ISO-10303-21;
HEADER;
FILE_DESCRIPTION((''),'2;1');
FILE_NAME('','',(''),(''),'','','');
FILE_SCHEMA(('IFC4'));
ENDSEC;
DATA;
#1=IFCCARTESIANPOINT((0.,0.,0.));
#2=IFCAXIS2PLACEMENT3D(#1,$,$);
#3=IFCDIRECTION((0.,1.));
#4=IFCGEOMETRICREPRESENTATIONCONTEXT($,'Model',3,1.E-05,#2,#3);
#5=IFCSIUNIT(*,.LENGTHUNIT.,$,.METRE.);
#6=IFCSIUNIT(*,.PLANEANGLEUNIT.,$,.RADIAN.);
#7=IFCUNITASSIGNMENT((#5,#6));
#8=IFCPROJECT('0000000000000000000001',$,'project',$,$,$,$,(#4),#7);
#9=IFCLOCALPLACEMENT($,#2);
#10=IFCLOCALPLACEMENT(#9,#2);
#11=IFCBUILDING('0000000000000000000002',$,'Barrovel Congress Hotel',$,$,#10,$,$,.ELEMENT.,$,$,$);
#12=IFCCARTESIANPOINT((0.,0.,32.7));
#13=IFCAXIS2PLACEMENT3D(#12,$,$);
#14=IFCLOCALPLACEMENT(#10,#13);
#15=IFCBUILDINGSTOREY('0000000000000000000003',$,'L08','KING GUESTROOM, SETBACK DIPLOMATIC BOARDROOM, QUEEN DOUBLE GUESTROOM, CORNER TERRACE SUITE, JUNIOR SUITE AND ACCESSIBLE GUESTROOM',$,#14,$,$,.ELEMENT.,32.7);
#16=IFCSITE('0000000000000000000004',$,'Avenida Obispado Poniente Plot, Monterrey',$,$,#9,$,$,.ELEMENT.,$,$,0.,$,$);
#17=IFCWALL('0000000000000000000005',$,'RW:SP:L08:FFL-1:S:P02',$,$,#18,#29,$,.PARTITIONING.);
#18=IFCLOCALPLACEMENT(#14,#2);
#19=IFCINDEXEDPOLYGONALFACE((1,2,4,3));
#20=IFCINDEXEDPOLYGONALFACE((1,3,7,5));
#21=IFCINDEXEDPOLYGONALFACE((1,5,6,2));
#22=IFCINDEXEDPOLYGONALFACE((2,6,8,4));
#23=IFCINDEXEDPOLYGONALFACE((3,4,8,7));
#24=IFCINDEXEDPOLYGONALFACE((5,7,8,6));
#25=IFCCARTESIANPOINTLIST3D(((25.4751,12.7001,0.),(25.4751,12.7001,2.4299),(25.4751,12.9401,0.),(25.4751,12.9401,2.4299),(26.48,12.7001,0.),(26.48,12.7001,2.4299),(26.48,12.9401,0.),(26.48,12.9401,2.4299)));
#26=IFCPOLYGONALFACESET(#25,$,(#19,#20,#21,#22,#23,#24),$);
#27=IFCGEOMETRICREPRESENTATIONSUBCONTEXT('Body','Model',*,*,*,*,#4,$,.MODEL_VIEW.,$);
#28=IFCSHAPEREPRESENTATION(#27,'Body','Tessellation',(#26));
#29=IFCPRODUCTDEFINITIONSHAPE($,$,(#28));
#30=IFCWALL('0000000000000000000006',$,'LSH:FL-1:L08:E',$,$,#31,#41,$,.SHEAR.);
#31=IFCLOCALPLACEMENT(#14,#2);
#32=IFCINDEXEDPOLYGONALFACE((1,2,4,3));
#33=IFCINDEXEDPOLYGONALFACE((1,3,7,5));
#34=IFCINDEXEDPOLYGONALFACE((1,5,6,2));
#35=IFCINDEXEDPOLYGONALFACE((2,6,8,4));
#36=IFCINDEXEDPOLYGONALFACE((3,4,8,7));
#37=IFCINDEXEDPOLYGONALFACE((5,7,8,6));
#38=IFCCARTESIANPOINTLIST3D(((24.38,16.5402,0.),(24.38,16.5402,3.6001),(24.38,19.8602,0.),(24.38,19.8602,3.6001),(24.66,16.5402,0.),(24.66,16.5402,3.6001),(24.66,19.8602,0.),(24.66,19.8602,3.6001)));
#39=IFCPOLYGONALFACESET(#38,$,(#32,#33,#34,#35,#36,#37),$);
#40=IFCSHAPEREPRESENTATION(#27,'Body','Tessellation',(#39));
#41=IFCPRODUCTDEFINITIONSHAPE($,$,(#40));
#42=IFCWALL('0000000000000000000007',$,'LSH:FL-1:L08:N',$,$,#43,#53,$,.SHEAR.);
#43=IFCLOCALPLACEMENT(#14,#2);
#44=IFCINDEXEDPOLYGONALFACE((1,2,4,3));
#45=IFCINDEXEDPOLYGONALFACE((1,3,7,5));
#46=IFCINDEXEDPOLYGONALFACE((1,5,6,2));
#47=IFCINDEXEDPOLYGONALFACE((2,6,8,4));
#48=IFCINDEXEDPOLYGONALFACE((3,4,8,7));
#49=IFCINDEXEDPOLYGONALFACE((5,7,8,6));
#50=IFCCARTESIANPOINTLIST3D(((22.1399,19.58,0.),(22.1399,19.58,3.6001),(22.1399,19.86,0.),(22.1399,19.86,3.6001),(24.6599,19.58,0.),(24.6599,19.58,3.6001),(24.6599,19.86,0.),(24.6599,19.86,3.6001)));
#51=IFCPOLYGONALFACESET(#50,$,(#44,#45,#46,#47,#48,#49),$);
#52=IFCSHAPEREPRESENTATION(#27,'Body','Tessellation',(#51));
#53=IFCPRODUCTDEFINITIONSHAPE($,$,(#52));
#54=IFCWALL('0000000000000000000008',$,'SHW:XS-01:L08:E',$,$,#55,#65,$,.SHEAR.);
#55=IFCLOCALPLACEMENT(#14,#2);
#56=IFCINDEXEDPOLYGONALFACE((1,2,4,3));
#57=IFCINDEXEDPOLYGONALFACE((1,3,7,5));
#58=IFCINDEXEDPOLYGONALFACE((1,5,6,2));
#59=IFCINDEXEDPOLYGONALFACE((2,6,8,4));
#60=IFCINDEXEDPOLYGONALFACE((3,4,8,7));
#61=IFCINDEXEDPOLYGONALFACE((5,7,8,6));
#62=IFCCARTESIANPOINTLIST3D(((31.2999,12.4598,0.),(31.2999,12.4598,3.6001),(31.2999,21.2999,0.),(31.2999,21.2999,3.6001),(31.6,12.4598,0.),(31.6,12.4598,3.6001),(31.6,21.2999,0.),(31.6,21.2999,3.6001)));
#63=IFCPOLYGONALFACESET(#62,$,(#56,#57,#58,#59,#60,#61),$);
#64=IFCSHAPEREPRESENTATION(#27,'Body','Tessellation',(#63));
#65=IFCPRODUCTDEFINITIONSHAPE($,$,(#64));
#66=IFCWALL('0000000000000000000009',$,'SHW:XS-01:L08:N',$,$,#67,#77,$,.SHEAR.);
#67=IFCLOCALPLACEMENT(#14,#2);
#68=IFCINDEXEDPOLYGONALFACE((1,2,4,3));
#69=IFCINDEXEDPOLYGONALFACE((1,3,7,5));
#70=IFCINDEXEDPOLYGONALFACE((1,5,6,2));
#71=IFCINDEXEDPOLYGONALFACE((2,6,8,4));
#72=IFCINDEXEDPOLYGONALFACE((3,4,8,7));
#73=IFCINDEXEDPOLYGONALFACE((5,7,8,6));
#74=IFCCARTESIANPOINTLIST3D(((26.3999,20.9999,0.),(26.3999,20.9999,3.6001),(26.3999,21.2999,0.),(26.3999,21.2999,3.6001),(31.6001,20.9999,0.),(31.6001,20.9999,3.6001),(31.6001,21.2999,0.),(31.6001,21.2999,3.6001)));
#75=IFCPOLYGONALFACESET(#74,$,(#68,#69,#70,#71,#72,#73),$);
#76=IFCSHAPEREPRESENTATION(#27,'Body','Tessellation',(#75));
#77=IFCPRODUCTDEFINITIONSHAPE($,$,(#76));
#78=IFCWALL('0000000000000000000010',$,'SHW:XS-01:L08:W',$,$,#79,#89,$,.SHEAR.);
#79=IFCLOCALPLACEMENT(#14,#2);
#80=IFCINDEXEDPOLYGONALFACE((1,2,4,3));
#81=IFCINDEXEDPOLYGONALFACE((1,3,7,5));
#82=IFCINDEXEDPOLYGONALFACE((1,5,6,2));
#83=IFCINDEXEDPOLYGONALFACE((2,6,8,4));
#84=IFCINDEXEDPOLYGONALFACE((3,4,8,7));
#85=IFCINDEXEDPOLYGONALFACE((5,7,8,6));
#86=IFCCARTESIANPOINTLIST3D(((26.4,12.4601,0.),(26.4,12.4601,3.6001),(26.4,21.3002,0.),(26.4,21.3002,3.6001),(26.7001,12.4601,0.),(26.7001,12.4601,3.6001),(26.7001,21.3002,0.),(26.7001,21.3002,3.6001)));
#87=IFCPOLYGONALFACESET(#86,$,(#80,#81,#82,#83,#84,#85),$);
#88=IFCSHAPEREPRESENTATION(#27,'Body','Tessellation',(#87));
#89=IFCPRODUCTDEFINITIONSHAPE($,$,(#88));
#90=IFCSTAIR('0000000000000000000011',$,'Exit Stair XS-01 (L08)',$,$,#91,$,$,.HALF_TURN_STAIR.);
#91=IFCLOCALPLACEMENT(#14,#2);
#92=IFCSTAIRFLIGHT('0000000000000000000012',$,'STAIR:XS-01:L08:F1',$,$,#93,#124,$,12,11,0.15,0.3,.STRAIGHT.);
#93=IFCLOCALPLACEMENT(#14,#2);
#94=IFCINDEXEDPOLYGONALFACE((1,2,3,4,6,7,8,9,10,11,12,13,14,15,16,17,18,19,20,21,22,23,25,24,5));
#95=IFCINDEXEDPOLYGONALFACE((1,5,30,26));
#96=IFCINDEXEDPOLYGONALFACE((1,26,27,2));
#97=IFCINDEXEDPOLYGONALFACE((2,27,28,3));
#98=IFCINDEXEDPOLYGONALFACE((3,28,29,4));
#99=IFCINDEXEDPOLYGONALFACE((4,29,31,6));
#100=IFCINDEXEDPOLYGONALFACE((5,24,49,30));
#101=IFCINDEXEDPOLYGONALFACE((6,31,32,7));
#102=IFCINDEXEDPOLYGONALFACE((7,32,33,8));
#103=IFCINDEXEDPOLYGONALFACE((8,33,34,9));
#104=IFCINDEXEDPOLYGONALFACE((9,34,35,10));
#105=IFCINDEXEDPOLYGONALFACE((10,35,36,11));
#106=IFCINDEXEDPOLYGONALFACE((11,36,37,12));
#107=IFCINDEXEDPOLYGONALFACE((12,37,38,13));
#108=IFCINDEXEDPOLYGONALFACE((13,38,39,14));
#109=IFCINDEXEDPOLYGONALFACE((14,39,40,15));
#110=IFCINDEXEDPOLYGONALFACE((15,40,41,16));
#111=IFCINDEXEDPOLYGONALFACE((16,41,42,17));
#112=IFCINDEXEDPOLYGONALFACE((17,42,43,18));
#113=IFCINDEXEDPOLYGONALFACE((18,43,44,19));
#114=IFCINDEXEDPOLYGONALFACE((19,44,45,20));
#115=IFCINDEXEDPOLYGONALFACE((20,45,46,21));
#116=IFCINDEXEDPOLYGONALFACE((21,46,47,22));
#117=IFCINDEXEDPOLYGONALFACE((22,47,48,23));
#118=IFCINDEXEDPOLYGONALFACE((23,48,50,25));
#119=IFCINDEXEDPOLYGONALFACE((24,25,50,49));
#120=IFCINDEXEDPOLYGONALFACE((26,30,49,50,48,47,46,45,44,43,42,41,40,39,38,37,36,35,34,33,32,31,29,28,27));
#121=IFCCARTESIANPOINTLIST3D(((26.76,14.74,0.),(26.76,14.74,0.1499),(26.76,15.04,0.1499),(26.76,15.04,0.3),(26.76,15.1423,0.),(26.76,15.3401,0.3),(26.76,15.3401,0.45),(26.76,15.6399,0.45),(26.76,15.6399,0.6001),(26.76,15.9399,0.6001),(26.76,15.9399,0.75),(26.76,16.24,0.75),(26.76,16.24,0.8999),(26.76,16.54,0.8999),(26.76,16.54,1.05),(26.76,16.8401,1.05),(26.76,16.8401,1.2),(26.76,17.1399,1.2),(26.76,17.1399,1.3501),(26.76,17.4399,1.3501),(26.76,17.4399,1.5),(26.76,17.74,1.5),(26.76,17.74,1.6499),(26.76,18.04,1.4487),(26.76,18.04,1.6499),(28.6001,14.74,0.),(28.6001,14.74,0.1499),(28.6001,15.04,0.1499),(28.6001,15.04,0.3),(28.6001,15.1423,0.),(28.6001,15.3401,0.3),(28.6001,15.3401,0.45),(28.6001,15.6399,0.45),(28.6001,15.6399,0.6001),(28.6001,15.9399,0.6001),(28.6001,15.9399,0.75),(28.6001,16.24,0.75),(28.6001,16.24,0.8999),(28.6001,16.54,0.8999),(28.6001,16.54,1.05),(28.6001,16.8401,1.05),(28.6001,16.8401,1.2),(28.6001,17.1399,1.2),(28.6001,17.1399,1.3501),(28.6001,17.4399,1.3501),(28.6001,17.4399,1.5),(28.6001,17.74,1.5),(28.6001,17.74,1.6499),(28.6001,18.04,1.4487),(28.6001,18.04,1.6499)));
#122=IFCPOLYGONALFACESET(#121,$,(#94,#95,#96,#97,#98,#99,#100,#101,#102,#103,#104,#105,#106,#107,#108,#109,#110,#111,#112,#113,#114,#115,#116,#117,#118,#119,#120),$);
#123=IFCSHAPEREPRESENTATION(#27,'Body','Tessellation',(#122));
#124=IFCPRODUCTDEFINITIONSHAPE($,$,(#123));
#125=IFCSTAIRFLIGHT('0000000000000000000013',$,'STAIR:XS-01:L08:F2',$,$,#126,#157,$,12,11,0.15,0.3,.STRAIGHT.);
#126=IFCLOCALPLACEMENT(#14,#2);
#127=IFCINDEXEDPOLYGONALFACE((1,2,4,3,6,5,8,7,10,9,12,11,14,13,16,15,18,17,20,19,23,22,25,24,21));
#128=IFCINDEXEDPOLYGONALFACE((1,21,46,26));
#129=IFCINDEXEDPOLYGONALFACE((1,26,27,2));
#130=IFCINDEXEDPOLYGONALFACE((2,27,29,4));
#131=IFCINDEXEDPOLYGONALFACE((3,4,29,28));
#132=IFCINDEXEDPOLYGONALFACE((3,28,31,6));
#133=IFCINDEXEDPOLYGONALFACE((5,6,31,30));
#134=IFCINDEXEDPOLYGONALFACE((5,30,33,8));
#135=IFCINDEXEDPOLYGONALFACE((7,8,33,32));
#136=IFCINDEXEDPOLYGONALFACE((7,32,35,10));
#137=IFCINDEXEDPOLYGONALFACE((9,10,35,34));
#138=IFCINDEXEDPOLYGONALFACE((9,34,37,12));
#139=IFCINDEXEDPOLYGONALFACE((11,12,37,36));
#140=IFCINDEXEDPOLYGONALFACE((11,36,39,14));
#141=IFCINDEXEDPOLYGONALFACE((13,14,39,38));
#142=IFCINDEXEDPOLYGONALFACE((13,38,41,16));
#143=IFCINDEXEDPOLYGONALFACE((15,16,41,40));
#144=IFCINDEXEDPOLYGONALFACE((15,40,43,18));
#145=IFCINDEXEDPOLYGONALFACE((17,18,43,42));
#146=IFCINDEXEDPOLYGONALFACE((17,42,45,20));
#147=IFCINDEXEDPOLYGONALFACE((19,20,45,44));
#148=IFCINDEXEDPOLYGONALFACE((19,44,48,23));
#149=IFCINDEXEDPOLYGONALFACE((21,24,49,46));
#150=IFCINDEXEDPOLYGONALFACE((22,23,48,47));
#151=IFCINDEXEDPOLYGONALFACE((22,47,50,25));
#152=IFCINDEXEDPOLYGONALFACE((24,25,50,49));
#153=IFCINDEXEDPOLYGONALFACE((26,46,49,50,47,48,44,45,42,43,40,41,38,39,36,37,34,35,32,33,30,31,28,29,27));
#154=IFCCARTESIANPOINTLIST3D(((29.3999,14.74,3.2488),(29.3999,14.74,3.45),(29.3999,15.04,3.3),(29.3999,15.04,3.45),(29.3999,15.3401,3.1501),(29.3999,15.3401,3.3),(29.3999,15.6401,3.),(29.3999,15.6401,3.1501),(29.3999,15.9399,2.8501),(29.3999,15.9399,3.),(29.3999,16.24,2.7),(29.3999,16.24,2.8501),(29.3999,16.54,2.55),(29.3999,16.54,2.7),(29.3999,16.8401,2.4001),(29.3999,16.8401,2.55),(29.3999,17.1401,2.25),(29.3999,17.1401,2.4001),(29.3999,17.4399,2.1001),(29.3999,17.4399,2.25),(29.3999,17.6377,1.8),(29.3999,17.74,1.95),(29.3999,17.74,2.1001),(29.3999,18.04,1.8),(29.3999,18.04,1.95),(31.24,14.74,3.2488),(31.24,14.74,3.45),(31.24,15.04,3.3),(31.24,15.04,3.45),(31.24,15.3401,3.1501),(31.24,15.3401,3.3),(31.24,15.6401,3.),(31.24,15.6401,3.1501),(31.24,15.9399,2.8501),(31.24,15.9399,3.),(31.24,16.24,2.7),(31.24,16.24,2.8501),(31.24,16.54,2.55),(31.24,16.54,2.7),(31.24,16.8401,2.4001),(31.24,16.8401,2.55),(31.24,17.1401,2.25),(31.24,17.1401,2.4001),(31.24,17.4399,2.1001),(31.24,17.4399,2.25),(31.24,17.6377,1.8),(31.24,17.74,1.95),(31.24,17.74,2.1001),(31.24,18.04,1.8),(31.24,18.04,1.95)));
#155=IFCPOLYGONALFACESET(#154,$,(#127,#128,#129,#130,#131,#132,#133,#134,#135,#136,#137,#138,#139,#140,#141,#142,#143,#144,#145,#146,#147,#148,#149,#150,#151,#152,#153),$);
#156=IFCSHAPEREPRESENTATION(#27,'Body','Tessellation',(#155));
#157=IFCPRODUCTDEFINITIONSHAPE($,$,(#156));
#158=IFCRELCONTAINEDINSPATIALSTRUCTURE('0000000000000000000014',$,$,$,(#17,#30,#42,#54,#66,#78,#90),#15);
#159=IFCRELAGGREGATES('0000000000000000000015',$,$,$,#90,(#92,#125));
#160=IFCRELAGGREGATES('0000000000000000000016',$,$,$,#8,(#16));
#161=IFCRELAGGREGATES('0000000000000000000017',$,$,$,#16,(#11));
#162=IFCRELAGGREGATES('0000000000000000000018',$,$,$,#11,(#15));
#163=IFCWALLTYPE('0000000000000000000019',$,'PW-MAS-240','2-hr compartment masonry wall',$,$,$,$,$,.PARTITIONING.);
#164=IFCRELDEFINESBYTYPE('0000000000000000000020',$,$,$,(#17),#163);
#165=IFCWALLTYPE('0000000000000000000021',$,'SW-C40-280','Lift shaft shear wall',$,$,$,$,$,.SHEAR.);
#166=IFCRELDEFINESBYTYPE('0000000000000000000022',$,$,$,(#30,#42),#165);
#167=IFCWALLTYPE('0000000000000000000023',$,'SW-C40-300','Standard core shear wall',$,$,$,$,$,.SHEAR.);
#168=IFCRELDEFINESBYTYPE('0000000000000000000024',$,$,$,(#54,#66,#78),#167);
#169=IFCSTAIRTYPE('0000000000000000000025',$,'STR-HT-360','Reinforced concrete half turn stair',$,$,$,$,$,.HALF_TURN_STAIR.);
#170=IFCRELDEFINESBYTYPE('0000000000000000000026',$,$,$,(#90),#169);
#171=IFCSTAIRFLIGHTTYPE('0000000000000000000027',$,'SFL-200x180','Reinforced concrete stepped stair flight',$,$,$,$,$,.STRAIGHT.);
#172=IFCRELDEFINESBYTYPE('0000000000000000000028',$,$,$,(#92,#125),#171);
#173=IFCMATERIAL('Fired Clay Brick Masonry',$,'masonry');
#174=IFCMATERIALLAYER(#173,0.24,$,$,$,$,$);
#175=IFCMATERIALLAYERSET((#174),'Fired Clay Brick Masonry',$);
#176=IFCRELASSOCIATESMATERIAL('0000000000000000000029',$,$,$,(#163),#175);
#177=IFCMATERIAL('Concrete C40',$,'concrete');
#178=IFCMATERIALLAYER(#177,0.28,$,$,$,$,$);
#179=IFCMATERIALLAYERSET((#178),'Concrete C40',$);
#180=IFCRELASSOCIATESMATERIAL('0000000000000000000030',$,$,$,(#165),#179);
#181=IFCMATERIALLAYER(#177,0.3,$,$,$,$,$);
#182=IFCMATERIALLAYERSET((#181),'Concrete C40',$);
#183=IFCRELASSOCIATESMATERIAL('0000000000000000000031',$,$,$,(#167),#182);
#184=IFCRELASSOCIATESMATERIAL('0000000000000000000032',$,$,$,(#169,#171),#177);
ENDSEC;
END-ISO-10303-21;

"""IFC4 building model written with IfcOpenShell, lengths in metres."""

from ifc_helpers import new_model, si_unit, direction, frame, frame_2d, origin, place, context, subcontext, project, spatial, polyline, rectangle, outline, extrude, material, layer, layer_set, type_object, element, aggregate, save


model = new_model("IFC4")

# Units and contexts
model_context = context("Model", 3, precision=1e-05, world=origin(), true_north=direction((0.0, 1.0)))
body_context = subcontext(model_context, "Body", "Model", "MODEL_VIEW")
ifc_project = project(units=[si_unit("LENGTHUNIT", "METRE"), si_unit("PLANEANGLEUNIT", "RADIAN")], contexts=[model_context])

# Site, building, storey
site_placement = place(None, origin())
site = spatial("IfcSite", under=ifc_project, at=site_placement, Name="Avenida Obispado Poniente Plot, Monterrey", CompositionType="ELEMENT", RefElevation=0.0)
building_placement = place(site_placement, origin())
building = spatial("IfcBuilding", under=site, at=building_placement, Name="Barrovel Congress Hotel", CompositionType="ELEMENT")
storey_placement = place(building_placement, frame((0.0, 0.0, 32.7)))
storey = spatial("IfcBuildingStorey", under=building, at=storey_placement, Name="L08", Description="KING GUESTROOM, SETBACK DIPLOMATIC BOARDROOM, QUEEN DOUBLE GUESTROOM, CORNER TERRACE SUITE, JUNIOR SUITE AND ACCESSIBLE GUESTROOM", CompositionType="ELEMENT", Elevation=32.7)

# Shared definitions
ifc_material_1 = material(Name="Concrete C40", Category="concrete")

# Shared definitions
ifc_material_2 = material(Name="Fired Clay Brick Masonry", Category="masonry")

# Walls
ifc_layer_1 = layer(ifc_material_2, 0.24)
ifc_layer_set_1 = layer_set([ifc_layer_1], Name="Fired Clay Brick Masonry")
wall_type_1 = type_object("IfcWallType", Name="PW-MAS-240", Description="2-hr compartment masonry wall", PredefinedType="PARTITIONING", material=ifc_layer_set_1)
wall_1_placement = place(storey_placement, frame((25.4751, 12.8201, 0.0), z_axis=(0.0, 0.0, 1.0), x_axis=(1.0, 0.0, 0.0)))
element("IfcWall", 1, at=wall_1_placement, inside=storey, type_object=wall_type_1, Name="RW:SP:L08:FFL-1:S:P02", PredefinedType="PARTITIONING", context=body_context, shape_type="SweptSolid", body=[
    extrude(rectangle(XDim=1.0049, YDim=0.24, at=frame_2d((0.5024, 0.0))), origin(), (0.0, 0.0, 1.0), 2.4299),
])
ifc_layer_2 = layer(ifc_material_1, 0.28)
ifc_layer_set_2 = layer_set([ifc_layer_2], Name="Concrete C40")
wall_type_2 = type_object("IfcWallType", Name="SW-C40-280", Description="Lift shaft shear wall", PredefinedType="SHEAR", material=ifc_layer_set_2)
wall_2_placement = place(storey_placement, frame((24.52, 16.54, 0.0), z_axis=(0.0, 0.0, 1.0), x_axis=(0.0, 1.0, 0.0)))
element("IfcWall", 2, at=wall_2_placement, inside=storey, type_object=wall_type_2, Name="LSH:FL-1:L08:E", PredefinedType="SHEAR", context=body_context, shape_type="SweptSolid", body=[
    extrude(rectangle(XDim=3.3201, YDim=0.28, at=frame_2d((1.6602, 0.0))), origin(), (0.0, 0.0, 1.0), 3.6001),
])
wall_3_placement = place(storey_placement, frame((24.6599, 19.72, 0.0), z_axis=(0.0, 0.0, 1.0), x_axis=(-1.0, 0.0, 0.0)))
element("IfcWall", 3, at=wall_3_placement, inside=storey, type_object=wall_type_2, Name="LSH:FL-1:L08:N", PredefinedType="SHEAR", context=body_context, shape_type="SweptSolid", body=[
    extrude(rectangle(XDim=2.52, YDim=0.28, at=frame_2d((1.26, 0.0))), origin(), (0.0, 0.0, 1.0), 3.6001),
])

# Shared definitions
ifc_layer_3 = layer(ifc_material_1, 0.3)
ifc_layer_set_3 = layer_set([ifc_layer_3], Name="Concrete C40")
wall_type_3 = type_object("IfcWallType", Name="SW-C40-300", Description="Standard core shear wall", PredefinedType="SHEAR", material=ifc_layer_set_3)

# Walls
wall_4_placement = place(storey_placement, frame((31.45, 12.46, 0.0), z_axis=(0.0, 0.0, 1.0), x_axis=(0.0, 1.0, 0.0)))
element("IfcWall", 4, at=wall_4_placement, inside=storey, type_object=wall_type_3, Name="SHW:XS-01:L08:E", PredefinedType="SHEAR", context=body_context, shape_type="SweptSolid", body=[
    extrude(rectangle(XDim=8.8401, YDim=0.3, at=frame_2d((4.4199, 0.0))), origin(), (0.0, 0.0, 1.0), 3.6001),
])
wall_5_placement = place(storey_placement, frame((31.6001, 21.1499, 0.0), z_axis=(0.0, 0.0, 1.0), x_axis=(-1.0, 0.0, 0.0)))
element("IfcWall", 5, at=wall_5_placement, inside=storey, type_object=wall_type_3, Name="SHW:XS-01:L08:N", PredefinedType="SHEAR", context=body_context, shape_type="SweptSolid", body=[
    extrude(rectangle(XDim=5.2002, YDim=0.3, at=frame_2d((2.6001, 0.0))), origin(), (0.0, 0.0, 1.0), 3.6001),
])
wall_6_placement = place(storey_placement, frame((26.55, 21.3, 0.0), z_axis=(0.0, 0.0, 1.0), x_axis=(0.0, -1.0, 0.0)))
element("IfcWall", 6, at=wall_6_placement, inside=storey, type_object=wall_type_3, Name="SHW:XS-01:L08:W", PredefinedType="SHEAR", context=body_context, shape_type="SweptSolid", body=[
    extrude(rectangle(XDim=8.8401, YDim=0.3, at=frame_2d((4.4199, 0.0))), origin(), (0.0, 0.0, 1.0), 3.6001),
])

# Stair, stair flights
stair_type = type_object("IfcStairType", Name="STR-HT-360", Description="Reinforced concrete half turn stair", PredefinedType="HALF_TURN_STAIR", material=ifc_material_1)
stair_placement = place(storey_placement, origin())
stair = element("IfcStair", 7, at=stair_placement, inside=storey, type_object=stair_type, Name="Exit Stair XS-01 (L08)", PredefinedType="HALF_TURN_STAIR")
stair_flight_type = type_object("IfcStairFlightType", Name="SFL-200x180", Description="Reinforced concrete stepped stair flight", PredefinedType="STRAIGHT", material=ifc_material_1)
stair_flight_1_placement = place(storey_placement, frame((27.6799, 14.74, 0.0), z_axis=(0.0, 0.0, 1.0), x_axis=(0.0, 1.0, 0.0)))
stair_flight_1 = element("IfcStairFlight", 8, at=stair_flight_1_placement, type_object=stair_flight_type, Name="STAIR:XS-01:L08:F1", NumberOfRisers=12, NumberOfTreads=11, PredefinedType="STRAIGHT", RiserHeight=0.15, TreadLength=0.3, context=body_context, shape_type="SweptSolid", body=[
    extrude(outline(polyline([(0.0, 0.0), (0.0, 0.1499), (0.3, 0.1499), (0.3, 0.3), (0.6001, 0.3), (0.6001, 0.45), (0.8999, 0.45), (0.8999, 0.6001), (1.2, 0.6001), (1.2, 0.75), (1.5, 0.75), (1.5, 0.8999), (1.8, 0.8999), (1.8, 1.05), (2.1001, 1.05), (2.1001, 1.2), (2.3999, 1.2), (2.3999, 1.3501), (2.7, 1.3501), (2.7, 1.5), (3.0, 1.5), (3.0, 1.6499), (3.3, 1.6499), (3.3, 1.8), (3.3, 1.4487), (0.4023, 0.0), (0.0, 0.0)])), frame((0.0, 0.9199, 0.0), z_axis=(0.0, -1.0, 0.0), x_axis=(1.0, 0.0, 0.0)), (0.0, 0.0, 1.0), 1.8401),
])
stair_flight_2_placement = place(storey_placement, frame((30.3201, 18.04, 1.8), z_axis=(0.0, 0.0, 1.0), x_axis=(0.0, -1.0, 0.0)))
stair_flight_2 = element("IfcStairFlight", 9, at=stair_flight_2_placement, type_object=stair_flight_type, Name="STAIR:XS-01:L08:F2", NumberOfRisers=12, NumberOfTreads=11, PredefinedType="STRAIGHT", RiserHeight=0.15, TreadLength=0.3, context=body_context, shape_type="SweptSolid", body=[
    extrude(outline(polyline([(0.0, 0.0), (0.0, 0.1499), (0.3, 0.1499), (0.3, 0.3), (0.6001, 0.3), (0.6001, 0.45), (0.8999, 0.45), (0.8999, 0.6001), (1.2, 0.6001), (1.2, 0.75), (1.5, 0.75), (1.5, 0.8999), (1.8, 0.8999), (1.8, 1.05), (2.1001, 1.05), (2.1001, 1.2), (2.3999, 1.2), (2.3999, 1.3501), (2.7, 1.3501), (2.7, 1.5), (3.0, 1.5), (3.0, 1.6499), (3.3, 1.6499), (3.3, 1.8), (3.3, 1.4487), (0.4023, 0.0), (0.0, 0.0)])), frame((0.0, 0.9199, 0.0), z_axis=(0.0, -1.0, 0.0), x_axis=(1.0, 0.0, 0.0)), (0.0, 0.0, 1.0), 1.8401),
])
aggregate(stair, [stair_flight_1, stair_flight_2])

save(model, "model.ifc")
